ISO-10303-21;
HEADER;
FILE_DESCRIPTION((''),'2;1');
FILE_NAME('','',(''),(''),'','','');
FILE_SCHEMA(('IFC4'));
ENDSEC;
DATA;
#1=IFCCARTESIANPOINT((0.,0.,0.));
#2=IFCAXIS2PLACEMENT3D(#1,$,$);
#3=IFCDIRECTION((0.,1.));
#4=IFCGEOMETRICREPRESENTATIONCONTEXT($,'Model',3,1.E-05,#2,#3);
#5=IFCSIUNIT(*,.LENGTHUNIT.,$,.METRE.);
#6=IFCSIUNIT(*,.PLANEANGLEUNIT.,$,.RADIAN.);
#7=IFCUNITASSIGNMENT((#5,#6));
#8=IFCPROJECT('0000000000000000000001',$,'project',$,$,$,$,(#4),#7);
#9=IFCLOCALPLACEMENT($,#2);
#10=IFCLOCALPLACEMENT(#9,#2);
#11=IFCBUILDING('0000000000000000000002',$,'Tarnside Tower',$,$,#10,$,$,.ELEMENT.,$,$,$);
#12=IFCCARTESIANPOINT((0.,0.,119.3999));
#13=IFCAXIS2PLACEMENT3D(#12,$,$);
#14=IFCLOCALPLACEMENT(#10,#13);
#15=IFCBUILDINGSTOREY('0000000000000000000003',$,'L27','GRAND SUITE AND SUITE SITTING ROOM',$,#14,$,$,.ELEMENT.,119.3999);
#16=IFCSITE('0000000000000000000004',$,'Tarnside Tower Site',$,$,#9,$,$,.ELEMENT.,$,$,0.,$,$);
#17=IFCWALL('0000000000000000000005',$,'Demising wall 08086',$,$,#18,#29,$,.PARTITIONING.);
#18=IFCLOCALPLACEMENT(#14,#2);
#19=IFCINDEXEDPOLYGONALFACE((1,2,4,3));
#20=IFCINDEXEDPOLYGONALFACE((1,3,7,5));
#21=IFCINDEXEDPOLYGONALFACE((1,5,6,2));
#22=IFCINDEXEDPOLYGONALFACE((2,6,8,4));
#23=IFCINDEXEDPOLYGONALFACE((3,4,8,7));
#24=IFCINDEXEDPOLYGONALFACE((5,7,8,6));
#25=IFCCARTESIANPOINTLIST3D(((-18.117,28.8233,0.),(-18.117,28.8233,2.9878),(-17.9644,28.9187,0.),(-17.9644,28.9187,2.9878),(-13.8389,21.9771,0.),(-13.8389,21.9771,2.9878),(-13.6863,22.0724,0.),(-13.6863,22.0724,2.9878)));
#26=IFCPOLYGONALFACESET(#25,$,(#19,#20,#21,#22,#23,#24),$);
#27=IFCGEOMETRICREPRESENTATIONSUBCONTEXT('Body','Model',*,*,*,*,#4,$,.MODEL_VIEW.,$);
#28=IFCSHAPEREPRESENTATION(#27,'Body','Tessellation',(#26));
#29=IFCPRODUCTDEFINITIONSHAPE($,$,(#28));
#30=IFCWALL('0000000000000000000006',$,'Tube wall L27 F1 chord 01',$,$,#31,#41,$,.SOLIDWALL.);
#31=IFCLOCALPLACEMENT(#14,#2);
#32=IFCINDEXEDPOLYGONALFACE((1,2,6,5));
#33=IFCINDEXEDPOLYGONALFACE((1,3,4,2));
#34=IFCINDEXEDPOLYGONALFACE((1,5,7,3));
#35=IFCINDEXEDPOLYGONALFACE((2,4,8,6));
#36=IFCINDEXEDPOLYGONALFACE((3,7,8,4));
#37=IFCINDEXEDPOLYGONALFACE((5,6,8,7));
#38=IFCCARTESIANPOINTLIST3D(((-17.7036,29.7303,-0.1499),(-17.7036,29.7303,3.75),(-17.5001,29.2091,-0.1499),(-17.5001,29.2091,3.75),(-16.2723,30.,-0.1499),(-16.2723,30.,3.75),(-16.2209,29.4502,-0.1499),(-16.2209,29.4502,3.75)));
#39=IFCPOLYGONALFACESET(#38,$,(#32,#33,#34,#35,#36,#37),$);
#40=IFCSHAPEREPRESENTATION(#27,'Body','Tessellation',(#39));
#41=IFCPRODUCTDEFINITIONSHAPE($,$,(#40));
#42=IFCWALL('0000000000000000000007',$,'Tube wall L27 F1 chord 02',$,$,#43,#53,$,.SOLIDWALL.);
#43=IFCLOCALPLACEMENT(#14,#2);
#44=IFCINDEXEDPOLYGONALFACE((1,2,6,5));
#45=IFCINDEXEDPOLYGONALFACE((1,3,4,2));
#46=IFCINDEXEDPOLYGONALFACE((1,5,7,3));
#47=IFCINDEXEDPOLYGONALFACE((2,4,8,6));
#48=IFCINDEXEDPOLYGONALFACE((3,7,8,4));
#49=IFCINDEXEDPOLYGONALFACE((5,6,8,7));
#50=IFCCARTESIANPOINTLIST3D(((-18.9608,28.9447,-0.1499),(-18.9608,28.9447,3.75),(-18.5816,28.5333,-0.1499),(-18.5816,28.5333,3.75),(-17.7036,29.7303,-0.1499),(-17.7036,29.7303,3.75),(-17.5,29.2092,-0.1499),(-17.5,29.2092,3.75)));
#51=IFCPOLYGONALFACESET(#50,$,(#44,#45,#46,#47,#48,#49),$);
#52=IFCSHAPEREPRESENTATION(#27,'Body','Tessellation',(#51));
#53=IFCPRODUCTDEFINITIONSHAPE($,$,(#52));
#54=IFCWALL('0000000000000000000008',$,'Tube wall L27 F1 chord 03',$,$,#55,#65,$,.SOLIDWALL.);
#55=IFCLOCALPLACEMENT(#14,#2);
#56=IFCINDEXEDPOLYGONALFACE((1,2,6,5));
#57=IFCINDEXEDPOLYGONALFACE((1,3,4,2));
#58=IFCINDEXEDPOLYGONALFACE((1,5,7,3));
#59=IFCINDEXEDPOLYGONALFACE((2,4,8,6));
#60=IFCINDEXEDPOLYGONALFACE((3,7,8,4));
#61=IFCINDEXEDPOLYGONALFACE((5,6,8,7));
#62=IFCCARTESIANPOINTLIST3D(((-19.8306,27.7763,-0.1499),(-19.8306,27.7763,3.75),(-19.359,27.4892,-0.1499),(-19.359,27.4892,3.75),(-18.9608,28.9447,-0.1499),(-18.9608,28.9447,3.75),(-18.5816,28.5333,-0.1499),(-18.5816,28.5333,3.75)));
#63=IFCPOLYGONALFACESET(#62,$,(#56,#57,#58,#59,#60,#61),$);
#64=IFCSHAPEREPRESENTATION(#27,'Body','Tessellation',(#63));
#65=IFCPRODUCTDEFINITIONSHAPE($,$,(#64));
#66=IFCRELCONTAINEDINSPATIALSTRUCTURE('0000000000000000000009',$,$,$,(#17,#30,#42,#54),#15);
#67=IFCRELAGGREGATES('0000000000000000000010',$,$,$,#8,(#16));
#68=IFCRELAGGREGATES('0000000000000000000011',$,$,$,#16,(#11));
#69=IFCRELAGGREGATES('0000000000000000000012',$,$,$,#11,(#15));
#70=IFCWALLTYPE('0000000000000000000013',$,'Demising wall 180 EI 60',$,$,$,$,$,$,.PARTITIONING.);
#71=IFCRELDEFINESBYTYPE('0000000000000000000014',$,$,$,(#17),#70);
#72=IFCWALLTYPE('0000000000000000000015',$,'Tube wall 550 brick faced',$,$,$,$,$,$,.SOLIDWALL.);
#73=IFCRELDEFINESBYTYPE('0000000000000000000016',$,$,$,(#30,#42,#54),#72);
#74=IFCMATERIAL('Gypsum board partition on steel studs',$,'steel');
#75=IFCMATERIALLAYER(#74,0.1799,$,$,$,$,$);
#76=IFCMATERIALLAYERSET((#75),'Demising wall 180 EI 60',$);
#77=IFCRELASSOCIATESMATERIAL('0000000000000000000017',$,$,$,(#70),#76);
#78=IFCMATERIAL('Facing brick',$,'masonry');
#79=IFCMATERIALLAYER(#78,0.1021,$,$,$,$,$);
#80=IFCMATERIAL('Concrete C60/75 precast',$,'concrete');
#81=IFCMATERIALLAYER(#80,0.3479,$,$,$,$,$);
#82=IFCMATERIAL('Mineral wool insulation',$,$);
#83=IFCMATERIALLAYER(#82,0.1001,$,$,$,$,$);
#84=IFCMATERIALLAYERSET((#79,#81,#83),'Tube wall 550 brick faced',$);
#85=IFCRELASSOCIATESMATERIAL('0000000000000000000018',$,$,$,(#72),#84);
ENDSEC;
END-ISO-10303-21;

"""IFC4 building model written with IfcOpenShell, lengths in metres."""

from ifc_helpers import new_model, si_unit, direction, frame, frame_2d, origin, place, context, subcontext, project, spatial, polyline, rectangle, outline, extrude, material, layer, layer_set, type_object, element, save


model = new_model("IFC4")

# Units and contexts
model_context = context("Model", 3, precision=1e-05, world=origin(), true_north=direction((0.0, 1.0)))
body_context = subcontext(model_context, "Body", "Model", "MODEL_VIEW")
ifc_project = project(units=[si_unit("LENGTHUNIT", "METRE"), si_unit("PLANEANGLEUNIT", "RADIAN")], contexts=[model_context])

# Site, building, storey
site_placement = place(None, origin())
site = spatial("IfcSite", under=ifc_project, at=site_placement, Name="Tarnside Tower Site", CompositionType="ELEMENT", RefElevation=0.0)
building_placement = place(site_placement, origin())
building = spatial("IfcBuilding", under=site, at=building_placement, Name="Tarnside Tower", CompositionType="ELEMENT")
storey_placement = place(building_placement, frame((0.0, 0.0, 119.3999)))
storey = spatial("IfcBuildingStorey", under=building, at=storey_placement, Name="L27", Description="GRAND SUITE AND SUITE SITTING ROOM", CompositionType="ELEMENT", Elevation=119.3999)

# Walls
ifc_material_1 = material(Name="Gypsum board partition on steel studs", Category="steel")
ifc_layer_1 = layer(ifc_material_1, 0.1799)
ifc_layer_set_1 = layer_set([ifc_layer_1], Name="Demising wall 180 EI 60")
wall_type_1 = type_object("IfcWallType", Name="Demising wall 180 EI 60", PredefinedType="PARTITIONING", material=ifc_layer_set_1)
wall_1_placement = place(storey_placement, frame((-18.0408, 28.8711, 0.0), z_axis=(0.0, 0.0, 1.0), x_axis=(0.529928, -0.848042, 0.0)))
element("IfcWall", 1, at=wall_1_placement, inside=storey, type_object=wall_type_1, Name="Demising wall 08086", PredefinedType="PARTITIONING", context=body_context, shape_type="SweptSolid", body=[
    extrude(rectangle(XDim=8.073, YDim=0.1799, at=frame_2d((4.0366, 0.0))), origin(), (0.0, 0.0, 1.0), 2.9878),
])
ifc_material_2 = material(Name="Facing brick", Category="masonry")
ifc_layer_2 = layer(ifc_material_2, 0.1021)
ifc_material_3 = material(Name="Concrete C60/75 precast", Category="concrete")
ifc_layer_3 = layer(ifc_material_3, 0.3479)
ifc_material_4 = material(Name="Mineral wool insulation")
ifc_layer_4 = layer(ifc_material_4, 0.1001)
ifc_layer_set_2 = layer_set([ifc_layer_2, ifc_layer_3, ifc_layer_4], Name="Tube wall 550 brick faced")
wall_type_2 = type_object("IfcWallType", Name="Tube wall 550 brick faced", PredefinedType="SOLIDWALL", material=ifc_layer_set_2)
wall_2_placement = place(storey_placement, frame((-16.2466, 29.7251, -0.1499), z_axis=(0.0, 0.0, 1.0), x_axis=(-0.982705, -0.185176, 0.0)))
element("IfcWall", 2, at=wall_2_placement, inside=storey, type_object=wall_type_2, Name="Tube wall L27 F1 chord 01", PredefinedType="SOLIDWALL", context=body_context, shape_type="SweptSolid", body=[
    extrude(outline(polyline([(-0.0256, -0.2749), (1.4309, -0.2749), (1.3274, 0.2749), (0.0256, 0.2749), (-0.0256, -0.2749)])), origin(), (0.0, 0.0, 1.0), 3.8999),
])
wall_3_placement = place(storey_placement, frame((-17.6018, 29.4697, -0.1499), z_axis=(0.0, 0.0, 1.0), x_axis=(-0.848058, -0.529903, 0.0)))
element("IfcWall", 3, at=wall_3_placement, inside=storey, type_object=wall_type_2, Name="Tube wall L27 F1 chord 02", PredefinedType="SOLIDWALL", context=body_context, shape_type="SweptSolid", body=[
    extrude(outline(polyline([(-0.0518, -0.2749), (1.4307, -0.2749), (1.3271, 0.2749), (0.0518, 0.2749), (-0.0518, -0.2749)])), origin(), (0.0, 0.0, 1.0), 3.8999),
])
wall_4_placement = place(storey_placement, frame((-18.7712, 28.739, -0.1499), z_axis=(0.0, 0.0, 1.0), x_axis=(-0.597135, -0.802141, 0.0)))
element("IfcWall", 4, at=wall_4_placement, inside=storey, type_object=wall_type_2, Name="Tube wall L27 F1 chord 03", PredefinedType="SOLIDWALL", context=body_context, shape_type="SweptSolid", body=[
    extrude(outline(polyline([(-0.0518, -0.2749), (1.4048, -0.2749), (1.3535, 0.2749), (0.0518, 0.2749), (-0.0518, -0.2749)])), origin(), (0.0, 0.0, 1.0), 3.8999),
])

save(model, "model.ifc")
